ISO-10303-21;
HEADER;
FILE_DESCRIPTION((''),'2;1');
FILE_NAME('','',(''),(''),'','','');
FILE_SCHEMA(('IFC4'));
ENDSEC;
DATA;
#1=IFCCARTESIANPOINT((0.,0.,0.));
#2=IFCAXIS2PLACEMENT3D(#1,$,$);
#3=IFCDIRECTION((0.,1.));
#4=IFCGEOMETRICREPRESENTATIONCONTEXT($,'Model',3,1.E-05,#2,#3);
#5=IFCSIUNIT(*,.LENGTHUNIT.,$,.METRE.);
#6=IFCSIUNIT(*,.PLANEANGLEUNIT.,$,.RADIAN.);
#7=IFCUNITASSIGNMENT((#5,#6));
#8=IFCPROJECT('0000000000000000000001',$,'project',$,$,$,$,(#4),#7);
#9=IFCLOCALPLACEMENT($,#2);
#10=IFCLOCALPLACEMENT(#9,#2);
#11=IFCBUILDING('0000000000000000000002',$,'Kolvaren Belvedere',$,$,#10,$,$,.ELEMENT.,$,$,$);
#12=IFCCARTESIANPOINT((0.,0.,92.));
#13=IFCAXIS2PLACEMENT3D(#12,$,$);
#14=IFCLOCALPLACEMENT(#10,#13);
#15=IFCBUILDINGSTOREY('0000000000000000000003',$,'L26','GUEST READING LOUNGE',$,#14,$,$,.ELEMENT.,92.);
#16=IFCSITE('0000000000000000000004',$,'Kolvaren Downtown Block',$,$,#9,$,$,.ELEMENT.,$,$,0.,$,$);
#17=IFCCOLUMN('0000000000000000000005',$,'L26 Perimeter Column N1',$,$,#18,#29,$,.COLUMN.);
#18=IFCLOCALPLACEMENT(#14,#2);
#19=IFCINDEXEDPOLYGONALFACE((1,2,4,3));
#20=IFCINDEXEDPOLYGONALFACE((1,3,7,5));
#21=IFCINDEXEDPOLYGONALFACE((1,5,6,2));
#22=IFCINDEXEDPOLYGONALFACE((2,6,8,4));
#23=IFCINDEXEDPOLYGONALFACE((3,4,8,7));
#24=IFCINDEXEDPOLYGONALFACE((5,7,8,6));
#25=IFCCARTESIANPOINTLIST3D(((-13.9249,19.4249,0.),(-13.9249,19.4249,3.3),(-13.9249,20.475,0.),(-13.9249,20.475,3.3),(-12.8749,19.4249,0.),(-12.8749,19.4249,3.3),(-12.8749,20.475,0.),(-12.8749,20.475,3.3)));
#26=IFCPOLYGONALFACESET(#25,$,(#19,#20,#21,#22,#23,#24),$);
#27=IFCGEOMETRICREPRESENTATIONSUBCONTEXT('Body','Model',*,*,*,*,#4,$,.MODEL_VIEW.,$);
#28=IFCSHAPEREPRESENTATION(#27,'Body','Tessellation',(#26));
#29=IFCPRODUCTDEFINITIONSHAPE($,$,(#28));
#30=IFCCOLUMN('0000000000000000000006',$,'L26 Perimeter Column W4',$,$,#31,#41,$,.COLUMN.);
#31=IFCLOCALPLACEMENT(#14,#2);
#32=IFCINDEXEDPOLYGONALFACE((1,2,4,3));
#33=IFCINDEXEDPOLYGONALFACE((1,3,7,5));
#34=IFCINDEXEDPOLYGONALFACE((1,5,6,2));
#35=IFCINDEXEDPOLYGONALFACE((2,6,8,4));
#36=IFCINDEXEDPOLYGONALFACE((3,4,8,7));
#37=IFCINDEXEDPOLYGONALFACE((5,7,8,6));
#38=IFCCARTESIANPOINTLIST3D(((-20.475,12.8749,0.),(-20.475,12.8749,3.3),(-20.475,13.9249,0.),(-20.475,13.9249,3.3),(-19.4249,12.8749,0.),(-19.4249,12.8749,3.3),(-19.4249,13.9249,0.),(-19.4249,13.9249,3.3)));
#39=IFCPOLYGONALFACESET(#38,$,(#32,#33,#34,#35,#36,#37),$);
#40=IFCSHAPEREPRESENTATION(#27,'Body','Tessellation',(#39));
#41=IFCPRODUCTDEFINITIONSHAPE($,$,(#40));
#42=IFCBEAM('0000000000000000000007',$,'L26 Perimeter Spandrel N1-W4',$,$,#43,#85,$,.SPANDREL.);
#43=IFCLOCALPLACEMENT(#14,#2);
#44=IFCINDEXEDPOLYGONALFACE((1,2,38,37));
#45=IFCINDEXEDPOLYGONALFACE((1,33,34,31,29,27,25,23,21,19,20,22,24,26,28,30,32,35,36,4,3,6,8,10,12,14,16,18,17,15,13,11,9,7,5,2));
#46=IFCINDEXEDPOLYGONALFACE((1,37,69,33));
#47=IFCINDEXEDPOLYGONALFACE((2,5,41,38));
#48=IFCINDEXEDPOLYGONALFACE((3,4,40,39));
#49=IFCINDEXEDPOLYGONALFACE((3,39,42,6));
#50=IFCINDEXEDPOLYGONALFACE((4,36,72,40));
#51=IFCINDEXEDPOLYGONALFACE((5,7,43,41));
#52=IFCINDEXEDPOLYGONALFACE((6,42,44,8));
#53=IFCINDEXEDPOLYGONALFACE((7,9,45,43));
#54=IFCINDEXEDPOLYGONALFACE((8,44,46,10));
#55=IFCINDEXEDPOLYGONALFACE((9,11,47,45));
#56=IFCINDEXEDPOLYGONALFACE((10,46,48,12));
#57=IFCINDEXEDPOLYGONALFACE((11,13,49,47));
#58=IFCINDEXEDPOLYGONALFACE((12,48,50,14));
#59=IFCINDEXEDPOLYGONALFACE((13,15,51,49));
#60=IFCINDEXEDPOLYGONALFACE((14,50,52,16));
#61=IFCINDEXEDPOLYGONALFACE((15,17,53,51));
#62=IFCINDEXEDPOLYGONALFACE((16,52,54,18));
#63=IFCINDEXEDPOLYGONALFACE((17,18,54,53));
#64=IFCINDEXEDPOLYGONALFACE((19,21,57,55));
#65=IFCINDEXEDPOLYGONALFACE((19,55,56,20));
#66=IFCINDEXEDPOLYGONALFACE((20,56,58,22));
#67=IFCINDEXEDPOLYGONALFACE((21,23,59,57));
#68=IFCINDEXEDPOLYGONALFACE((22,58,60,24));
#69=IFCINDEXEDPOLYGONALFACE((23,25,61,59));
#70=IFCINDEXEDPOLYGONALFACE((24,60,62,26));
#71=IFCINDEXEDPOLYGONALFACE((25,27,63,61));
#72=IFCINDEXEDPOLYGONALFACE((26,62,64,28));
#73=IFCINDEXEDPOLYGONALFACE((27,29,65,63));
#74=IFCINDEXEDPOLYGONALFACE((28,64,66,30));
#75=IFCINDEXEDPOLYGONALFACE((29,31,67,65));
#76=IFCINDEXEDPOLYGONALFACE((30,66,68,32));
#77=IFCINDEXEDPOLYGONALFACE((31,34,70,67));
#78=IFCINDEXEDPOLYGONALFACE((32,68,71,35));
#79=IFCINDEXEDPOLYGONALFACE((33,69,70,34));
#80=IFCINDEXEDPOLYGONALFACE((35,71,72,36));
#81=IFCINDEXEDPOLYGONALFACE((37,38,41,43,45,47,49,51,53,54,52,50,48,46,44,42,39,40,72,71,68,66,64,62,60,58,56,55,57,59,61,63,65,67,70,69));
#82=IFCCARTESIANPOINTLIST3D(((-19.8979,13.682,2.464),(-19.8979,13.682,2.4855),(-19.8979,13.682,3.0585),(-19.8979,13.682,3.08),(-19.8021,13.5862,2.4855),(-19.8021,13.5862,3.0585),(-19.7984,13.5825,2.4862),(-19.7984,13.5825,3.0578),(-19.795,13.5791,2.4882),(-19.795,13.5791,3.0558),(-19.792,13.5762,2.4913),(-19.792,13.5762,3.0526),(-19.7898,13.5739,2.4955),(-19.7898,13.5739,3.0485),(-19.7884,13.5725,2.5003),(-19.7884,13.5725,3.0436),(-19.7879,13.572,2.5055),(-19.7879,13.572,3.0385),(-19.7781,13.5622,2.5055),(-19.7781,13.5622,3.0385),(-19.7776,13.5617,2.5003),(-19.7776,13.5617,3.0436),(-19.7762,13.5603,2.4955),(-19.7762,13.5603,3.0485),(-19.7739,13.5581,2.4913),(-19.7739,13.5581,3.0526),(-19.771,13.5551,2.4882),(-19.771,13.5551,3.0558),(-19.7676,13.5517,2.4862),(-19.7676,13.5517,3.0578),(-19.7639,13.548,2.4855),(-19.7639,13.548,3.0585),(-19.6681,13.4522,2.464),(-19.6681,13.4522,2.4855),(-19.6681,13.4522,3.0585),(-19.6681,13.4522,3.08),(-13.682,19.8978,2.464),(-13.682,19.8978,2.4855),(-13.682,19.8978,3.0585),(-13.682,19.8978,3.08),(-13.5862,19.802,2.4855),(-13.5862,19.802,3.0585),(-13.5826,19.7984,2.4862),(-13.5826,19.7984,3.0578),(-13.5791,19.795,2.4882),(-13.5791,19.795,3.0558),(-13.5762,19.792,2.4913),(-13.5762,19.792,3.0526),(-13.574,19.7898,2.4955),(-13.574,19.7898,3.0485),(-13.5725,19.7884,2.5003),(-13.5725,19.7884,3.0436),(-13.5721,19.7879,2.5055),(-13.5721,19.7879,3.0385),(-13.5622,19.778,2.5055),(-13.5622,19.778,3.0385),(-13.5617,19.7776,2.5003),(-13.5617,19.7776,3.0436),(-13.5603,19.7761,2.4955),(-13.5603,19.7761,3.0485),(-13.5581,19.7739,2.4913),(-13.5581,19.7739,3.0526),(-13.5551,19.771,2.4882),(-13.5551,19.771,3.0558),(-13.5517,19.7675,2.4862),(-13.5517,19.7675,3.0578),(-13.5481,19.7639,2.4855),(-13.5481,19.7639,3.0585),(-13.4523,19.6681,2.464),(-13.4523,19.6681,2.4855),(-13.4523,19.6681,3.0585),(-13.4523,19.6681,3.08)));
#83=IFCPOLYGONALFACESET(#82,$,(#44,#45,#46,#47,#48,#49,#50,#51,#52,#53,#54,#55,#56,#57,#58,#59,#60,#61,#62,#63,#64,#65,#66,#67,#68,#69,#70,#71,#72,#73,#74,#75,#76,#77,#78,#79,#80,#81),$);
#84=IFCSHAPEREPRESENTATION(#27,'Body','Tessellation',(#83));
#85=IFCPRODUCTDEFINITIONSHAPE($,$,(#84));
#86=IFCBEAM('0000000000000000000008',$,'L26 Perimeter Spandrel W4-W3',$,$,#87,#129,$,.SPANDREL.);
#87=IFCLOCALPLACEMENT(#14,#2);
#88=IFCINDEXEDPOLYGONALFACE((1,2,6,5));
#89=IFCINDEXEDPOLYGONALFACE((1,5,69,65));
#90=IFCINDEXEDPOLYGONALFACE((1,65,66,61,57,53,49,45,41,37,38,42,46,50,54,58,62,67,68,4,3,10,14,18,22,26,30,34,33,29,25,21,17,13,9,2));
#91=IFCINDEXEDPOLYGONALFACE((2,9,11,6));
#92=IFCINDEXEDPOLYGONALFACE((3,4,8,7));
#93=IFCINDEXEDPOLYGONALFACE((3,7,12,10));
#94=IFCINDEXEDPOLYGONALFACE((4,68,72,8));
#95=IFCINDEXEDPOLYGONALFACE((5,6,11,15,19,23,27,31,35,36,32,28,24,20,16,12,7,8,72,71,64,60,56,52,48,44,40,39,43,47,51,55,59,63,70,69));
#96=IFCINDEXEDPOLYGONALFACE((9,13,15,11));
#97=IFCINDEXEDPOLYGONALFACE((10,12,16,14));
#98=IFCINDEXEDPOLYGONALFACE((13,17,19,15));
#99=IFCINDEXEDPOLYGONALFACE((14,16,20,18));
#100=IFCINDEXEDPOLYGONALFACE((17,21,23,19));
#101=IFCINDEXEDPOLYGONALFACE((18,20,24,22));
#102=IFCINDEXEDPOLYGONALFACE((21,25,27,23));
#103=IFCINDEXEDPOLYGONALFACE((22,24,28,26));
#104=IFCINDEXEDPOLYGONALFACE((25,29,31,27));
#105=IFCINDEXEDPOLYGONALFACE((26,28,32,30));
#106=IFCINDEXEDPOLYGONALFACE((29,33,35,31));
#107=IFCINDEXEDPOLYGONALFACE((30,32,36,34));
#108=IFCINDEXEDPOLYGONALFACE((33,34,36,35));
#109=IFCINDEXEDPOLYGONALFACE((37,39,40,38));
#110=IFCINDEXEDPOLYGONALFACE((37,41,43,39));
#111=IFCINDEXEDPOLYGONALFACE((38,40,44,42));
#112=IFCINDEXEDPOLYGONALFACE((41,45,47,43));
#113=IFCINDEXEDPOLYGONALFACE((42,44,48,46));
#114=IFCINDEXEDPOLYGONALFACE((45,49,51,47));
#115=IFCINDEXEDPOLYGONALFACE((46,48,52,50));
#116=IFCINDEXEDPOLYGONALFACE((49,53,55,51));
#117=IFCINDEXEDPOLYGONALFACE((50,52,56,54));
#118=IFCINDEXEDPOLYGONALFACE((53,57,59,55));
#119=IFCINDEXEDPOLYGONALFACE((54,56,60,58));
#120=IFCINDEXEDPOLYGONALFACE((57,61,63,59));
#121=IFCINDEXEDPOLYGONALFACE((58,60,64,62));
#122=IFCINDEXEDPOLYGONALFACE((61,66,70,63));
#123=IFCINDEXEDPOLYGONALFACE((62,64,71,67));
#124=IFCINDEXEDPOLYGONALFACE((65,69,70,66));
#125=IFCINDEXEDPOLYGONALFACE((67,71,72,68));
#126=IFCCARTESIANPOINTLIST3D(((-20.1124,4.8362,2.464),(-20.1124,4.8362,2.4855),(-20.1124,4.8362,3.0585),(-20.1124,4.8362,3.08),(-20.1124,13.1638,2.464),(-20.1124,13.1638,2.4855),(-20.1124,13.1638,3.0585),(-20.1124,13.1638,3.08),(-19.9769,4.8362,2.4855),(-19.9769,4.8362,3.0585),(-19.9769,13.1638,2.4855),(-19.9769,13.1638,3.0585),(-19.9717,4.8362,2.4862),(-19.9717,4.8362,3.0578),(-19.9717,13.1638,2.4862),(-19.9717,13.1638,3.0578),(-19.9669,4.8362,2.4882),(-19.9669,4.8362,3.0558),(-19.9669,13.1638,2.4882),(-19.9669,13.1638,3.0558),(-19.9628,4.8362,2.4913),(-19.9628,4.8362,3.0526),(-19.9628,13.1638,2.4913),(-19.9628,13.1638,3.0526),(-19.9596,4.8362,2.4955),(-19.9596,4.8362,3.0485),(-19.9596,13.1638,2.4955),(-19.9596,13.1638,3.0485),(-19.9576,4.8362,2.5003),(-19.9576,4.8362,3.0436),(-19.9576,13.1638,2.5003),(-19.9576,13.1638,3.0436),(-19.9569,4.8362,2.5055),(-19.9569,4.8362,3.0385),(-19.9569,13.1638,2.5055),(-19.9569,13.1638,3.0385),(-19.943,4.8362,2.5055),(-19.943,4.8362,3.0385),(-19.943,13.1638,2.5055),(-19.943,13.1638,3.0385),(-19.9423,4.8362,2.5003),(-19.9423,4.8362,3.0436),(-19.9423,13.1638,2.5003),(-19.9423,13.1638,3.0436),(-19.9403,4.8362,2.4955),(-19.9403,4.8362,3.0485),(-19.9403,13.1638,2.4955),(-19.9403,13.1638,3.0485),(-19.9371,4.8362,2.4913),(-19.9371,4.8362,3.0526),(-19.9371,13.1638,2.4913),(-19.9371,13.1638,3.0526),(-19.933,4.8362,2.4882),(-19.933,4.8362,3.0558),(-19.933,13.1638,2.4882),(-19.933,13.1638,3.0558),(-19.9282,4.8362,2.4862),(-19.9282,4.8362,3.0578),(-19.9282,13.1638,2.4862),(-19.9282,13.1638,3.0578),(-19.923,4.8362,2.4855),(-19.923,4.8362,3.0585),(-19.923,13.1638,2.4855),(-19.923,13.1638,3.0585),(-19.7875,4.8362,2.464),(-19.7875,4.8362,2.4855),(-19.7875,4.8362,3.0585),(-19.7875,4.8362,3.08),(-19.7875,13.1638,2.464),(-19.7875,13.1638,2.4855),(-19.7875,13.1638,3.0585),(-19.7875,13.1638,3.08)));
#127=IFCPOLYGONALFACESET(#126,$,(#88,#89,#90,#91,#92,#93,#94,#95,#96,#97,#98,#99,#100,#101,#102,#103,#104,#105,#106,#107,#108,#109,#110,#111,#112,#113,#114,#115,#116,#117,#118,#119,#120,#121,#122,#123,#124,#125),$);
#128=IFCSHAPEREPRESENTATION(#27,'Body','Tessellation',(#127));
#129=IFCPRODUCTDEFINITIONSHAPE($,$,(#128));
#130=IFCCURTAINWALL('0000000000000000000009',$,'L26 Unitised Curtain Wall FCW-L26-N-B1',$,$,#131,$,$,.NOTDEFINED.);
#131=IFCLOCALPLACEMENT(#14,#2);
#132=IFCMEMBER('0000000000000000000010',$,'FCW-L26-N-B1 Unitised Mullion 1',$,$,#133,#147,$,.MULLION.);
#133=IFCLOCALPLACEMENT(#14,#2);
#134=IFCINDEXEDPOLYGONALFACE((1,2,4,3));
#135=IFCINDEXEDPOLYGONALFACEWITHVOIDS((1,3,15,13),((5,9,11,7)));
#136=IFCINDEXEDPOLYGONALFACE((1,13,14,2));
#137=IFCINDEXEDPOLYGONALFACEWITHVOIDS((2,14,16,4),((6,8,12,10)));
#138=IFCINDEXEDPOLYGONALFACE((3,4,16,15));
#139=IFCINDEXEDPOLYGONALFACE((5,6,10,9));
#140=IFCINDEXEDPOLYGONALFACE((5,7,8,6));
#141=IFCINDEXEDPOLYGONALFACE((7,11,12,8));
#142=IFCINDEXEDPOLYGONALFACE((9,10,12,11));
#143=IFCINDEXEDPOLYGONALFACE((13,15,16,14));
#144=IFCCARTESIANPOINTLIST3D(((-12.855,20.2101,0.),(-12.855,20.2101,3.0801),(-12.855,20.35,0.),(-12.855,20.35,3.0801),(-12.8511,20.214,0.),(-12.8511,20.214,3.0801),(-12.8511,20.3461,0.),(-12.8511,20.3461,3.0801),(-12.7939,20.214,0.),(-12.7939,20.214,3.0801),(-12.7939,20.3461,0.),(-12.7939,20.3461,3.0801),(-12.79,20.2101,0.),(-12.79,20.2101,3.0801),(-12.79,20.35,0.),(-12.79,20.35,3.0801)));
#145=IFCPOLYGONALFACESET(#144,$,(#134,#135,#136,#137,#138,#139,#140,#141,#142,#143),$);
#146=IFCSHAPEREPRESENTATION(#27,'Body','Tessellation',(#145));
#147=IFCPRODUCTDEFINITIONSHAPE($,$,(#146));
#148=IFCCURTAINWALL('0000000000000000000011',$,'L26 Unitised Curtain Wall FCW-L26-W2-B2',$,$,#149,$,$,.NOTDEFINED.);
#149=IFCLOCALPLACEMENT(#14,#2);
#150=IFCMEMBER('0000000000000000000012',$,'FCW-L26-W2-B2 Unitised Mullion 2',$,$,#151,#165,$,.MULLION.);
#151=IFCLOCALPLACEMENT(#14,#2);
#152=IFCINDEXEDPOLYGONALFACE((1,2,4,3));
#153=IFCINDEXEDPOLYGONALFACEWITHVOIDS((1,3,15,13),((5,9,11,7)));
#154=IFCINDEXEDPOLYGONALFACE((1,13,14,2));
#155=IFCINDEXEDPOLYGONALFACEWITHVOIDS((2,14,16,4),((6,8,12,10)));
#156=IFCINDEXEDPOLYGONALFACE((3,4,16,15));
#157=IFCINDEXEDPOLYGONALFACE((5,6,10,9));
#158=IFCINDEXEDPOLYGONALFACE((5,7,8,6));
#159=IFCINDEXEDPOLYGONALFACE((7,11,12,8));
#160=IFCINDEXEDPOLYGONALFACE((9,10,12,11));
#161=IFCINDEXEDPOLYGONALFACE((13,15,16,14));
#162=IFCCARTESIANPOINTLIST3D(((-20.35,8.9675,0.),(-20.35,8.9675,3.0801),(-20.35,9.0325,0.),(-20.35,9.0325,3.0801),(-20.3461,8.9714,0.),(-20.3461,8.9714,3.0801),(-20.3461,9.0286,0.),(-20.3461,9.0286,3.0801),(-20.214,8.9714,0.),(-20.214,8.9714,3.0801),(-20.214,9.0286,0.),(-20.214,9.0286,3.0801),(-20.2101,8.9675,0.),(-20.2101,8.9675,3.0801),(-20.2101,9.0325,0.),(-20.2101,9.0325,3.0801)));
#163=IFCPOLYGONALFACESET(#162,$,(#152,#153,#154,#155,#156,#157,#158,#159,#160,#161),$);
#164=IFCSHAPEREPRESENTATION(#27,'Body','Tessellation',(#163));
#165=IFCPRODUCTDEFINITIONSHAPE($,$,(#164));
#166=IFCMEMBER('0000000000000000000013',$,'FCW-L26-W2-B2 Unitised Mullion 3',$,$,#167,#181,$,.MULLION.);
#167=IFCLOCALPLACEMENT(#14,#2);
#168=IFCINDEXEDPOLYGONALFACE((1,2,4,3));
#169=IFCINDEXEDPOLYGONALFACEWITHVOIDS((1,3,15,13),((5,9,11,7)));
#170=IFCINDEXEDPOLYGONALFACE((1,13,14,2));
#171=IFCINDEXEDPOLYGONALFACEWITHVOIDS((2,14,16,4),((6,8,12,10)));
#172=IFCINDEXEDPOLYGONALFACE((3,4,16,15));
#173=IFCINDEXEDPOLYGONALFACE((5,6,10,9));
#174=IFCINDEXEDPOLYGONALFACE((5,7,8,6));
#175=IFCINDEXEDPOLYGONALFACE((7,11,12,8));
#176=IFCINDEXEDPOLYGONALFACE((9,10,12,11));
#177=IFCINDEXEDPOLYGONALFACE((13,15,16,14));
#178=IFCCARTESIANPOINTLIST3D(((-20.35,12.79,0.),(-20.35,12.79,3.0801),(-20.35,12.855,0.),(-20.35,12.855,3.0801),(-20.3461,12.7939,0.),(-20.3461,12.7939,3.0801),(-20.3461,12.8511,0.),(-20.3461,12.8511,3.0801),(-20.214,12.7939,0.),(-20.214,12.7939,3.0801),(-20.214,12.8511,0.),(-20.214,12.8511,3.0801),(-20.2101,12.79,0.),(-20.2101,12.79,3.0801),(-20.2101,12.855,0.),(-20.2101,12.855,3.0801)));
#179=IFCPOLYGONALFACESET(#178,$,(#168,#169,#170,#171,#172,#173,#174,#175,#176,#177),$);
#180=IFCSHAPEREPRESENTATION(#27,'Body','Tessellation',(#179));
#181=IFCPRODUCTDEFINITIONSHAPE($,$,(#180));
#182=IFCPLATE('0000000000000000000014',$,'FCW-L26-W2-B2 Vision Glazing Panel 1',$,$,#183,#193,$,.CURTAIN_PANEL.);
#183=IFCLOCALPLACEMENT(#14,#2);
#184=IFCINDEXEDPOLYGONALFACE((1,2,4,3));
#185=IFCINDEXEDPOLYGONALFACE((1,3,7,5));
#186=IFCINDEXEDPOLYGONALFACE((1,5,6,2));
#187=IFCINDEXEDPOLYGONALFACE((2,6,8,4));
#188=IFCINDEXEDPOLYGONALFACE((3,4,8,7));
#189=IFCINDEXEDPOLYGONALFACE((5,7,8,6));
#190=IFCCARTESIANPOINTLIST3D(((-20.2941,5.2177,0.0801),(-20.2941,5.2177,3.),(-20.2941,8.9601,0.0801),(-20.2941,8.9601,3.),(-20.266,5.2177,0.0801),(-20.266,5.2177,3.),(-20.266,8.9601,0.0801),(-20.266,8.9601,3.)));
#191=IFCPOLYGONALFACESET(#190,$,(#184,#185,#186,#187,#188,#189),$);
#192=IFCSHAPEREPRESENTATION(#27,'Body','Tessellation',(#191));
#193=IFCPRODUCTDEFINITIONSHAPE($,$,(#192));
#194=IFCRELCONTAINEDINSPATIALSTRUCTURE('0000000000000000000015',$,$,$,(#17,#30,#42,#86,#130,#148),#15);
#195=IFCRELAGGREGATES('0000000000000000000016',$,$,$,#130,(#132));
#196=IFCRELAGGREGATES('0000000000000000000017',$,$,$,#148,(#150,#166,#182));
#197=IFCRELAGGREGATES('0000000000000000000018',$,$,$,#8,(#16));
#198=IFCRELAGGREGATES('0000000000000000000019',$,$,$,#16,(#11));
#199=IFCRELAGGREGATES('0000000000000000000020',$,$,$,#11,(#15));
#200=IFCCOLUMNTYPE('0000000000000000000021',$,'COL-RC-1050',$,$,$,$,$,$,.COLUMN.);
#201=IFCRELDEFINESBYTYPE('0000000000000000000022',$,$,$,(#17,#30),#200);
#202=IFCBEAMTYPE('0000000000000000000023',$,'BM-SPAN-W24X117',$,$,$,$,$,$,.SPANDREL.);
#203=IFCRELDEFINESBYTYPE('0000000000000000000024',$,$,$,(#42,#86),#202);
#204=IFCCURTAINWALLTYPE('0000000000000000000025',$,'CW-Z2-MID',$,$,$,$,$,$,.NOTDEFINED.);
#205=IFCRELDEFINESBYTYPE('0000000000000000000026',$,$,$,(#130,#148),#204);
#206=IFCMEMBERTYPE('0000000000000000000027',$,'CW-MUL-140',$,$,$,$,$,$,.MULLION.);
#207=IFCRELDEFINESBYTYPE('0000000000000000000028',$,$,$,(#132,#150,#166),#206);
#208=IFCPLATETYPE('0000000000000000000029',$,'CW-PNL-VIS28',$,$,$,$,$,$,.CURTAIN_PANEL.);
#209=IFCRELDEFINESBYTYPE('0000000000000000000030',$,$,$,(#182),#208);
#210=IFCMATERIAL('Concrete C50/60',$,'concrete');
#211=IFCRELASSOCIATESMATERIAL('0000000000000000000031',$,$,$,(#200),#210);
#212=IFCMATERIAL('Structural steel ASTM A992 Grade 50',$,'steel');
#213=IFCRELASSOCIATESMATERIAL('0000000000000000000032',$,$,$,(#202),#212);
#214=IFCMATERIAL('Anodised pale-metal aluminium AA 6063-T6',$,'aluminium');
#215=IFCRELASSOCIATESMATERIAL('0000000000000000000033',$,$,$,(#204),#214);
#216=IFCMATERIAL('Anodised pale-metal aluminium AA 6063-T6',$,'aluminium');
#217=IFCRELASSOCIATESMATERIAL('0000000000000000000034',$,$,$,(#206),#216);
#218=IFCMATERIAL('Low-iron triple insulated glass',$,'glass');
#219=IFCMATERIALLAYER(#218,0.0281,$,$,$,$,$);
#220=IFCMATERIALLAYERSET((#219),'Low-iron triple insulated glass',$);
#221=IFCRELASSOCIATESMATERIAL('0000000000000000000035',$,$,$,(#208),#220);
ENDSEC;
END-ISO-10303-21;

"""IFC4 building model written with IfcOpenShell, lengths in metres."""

from ifc_helpers import new_model, si_unit, direction, frame, origin, origin_2d, place, context, subcontext, project, spatial, rectangle, hollow_rectangle, i_section, extrude, material, layer, layer_set, material_profile, profile_set, type_object, element, aggregate, save


model = new_model("IFC4")

# Units and contexts
model_context = context("Model", 3, precision=1e-05, world=origin(), true_north=direction((0.0, 1.0)))
body_context = subcontext(model_context, "Body", "Model", "MODEL_VIEW")
ifc_project = project(units=[si_unit("LENGTHUNIT", "METRE"), si_unit("PLANEANGLEUNIT", "RADIAN")], contexts=[model_context])

# Site, building, storey
site_placement = place(None, origin())
site = spatial("IfcSite", under=ifc_project, at=site_placement, Name="Kolvaren Downtown Block", CompositionType="ELEMENT", RefElevation=0.0)
building_placement = place(site_placement, origin())
building = spatial("IfcBuilding", under=site, at=building_placement, Name="Kolvaren Belvedere", CompositionType="ELEMENT")
storey_placement = place(building_placement, frame((0.0, 0.0, 92.0)))
storey = spatial("IfcBuildingStorey", under=building, at=storey_placement, Name="L26", Description="GUEST READING LOUNGE", CompositionType="ELEMENT", Elevation=92.0)

# Columns
ifc_material_1 = material(Name="Concrete C50/60", Category="concrete")
ifc_material_profile_1 = material_profile(ifc_material_1, rectangle(XDim=1.05, YDim=1.05, at=origin_2d()), Name="RC 1050X1050")
ifc_profile_set_1 = profile_set([ifc_material_profile_1], Name="Concrete C50/60")
column_type = type_object("IfcColumnType", Name="COL-RC-1050", PredefinedType="COLUMN", material=ifc_profile_set_1)
for number, where, z_axis, x_axis, name in (
    (1, (-13.3999, 19.95, 0.0), (0.0, 0.0, 1.0), (1.0, 0.0, 0.0), "L26 Perimeter Column N1"),
    (2, (-19.95, 13.3999, 0.0), (0.0, 0.0, 1.0), (1.0, 0.0, 0.0), "L26 Perimeter Column W4"),
):
    element("IfcColumn", number, at=place(storey_placement, frame(where, z_axis=z_axis, x_axis=x_axis)), inside=storey, type_object=column_type, Name=name, PredefinedType="COLUMN", context=body_context, shape_type="SweptSolid", body=[
        extrude(rectangle(XDim=1.05, YDim=1.05, at=origin_2d()), origin(), (0.0, 0.0, 1.0), 3.3),
    ])

# Beams
ifc_material_2 = material(Name="Structural steel ASTM A992 Grade 50", Category="steel")
ifc_material_profile_2 = material_profile(ifc_material_2, i_section(OverallWidth=0.325, OverallDepth=0.616, WebThickness=0.0139, FlangeThickness=0.0215, FilletRadius=0.02, at=origin_2d()), Name="W24X117")
ifc_profile_set_2 = profile_set([ifc_material_profile_2], Name="Structural steel ASTM A992 Grade 50")
beam_type = type_object("IfcBeamType", Name="BM-SPAN-W24X117", PredefinedType="SPANDREL", material=ifc_profile_set_2)
beam_1_placement = place(storey_placement, frame((-13.5671, 19.783, 2.772), z_axis=(-0.707107, -0.707107, 0.0), x_axis=(0.707107, -0.707107, 0.0)))
element("IfcBeam", 3, at=beam_1_placement, inside=storey, type_object=beam_type, Name="L26 Perimeter Spandrel N1-W4", PredefinedType="SPANDREL", context=body_context, shape_type="SweptSolid", body=[
    extrude(i_section(OverallWidth=0.325, OverallDepth=0.616, WebThickness=0.0139, FlangeThickness=0.0215, FilletRadius=0.02, at=origin_2d()), origin(), (0.0, 0.0, 1.0), 8.7905),
])
beam_2_placement = place(storey_placement, frame((-19.95, 13.1638, 2.772), z_axis=(0.0, -1.0, 0.0), x_axis=(1.0, 0.0, 0.0)))
element("IfcBeam", 4, at=beam_2_placement, inside=storey, type_object=beam_type, Name="L26 Perimeter Spandrel W4-W3", PredefinedType="SPANDREL", context=body_context, shape_type="SweptSolid", body=[
    extrude(i_section(OverallWidth=0.325, OverallDepth=0.616, WebThickness=0.0139, FlangeThickness=0.0215, FilletRadius=0.02, at=origin_2d()), origin(), (0.0, 0.0, 1.0), 8.3276),
])

# Curtain wall, member
ifc_material_3 = material(Name="Anodised pale-metal aluminium AA 6063-T6", Category="aluminium")
curtain_wall_type = type_object("IfcCurtainWallType", Name="CW-Z2-MID", PredefinedType="NOTDEFINED", material=ifc_material_3)
curtain_wall_1_placement = place(storey_placement, origin())
curtain_wall_1 = element("IfcCurtainWall", 5, at=curtain_wall_1_placement, inside=storey, type_object=curtain_wall_type, Name="L26 Unitised Curtain Wall FCW-L26-N-B1", PredefinedType="NOTDEFINED")
ifc_material_4 = material(Name="Anodised pale-metal aluminium AA 6063-T6", Category="aluminium")
ifc_material_profile_3 = material_profile(ifc_material_4, hollow_rectangle(XDim=0.0649, YDim=0.1399, WallThickness=0.0039, at=origin_2d()), Name="ALU-MUL-140X65")
ifc_profile_set_3 = profile_set([ifc_material_profile_3], Name="Anodised pale-metal aluminium AA 6063-T6")
member_type = type_object("IfcMemberType", Name="CW-MUL-140", PredefinedType="MULLION", material=ifc_profile_set_3)
member_1_placement = place(storey_placement, frame((-12.8225, 20.28, 0.0), z_axis=(0.0, 0.0, 1.0), x_axis=(1.0, 0.0, 0.0)))
member_1 = element("IfcMember", 6, at=member_1_placement, type_object=member_type, Name="FCW-L26-N-B1 Unitised Mullion 1", PredefinedType="MULLION", context=body_context, shape_type="SweptSolid", body=[
    extrude(hollow_rectangle(XDim=0.0649, YDim=0.1399, WallThickness=0.0039, at=origin_2d()), origin(), (0.0, 0.0, 1.0), 3.0801),
])
aggregate(curtain_wall_1, [member_1])

# Curtain wall, members, plate
curtain_wall_2_placement = place(storey_placement, origin())
curtain_wall_2 = element("IfcCurtainWall", 7, at=curtain_wall_2_placement, inside=storey, type_object=curtain_wall_type, Name="L26 Unitised Curtain Wall FCW-L26-W2-B2", PredefinedType="NOTDEFINED")
member_2_placement = place(storey_placement, frame((-20.28, 9.0, 0.0), z_axis=(0.0, 0.0, 1.0), x_axis=(0.0, 1.0, 0.0)))
member_2 = element("IfcMember", 8, at=member_2_placement, type_object=member_type, Name="FCW-L26-W2-B2 Unitised Mullion 2", PredefinedType="MULLION", context=body_context, shape_type="SweptSolid", body=[
    extrude(hollow_rectangle(XDim=0.0649, YDim=0.1399, WallThickness=0.0039, at=origin_2d()), origin(), (0.0, 0.0, 1.0), 3.0801),
])
member_3_placement = place(storey_placement, frame((-20.28, 12.8225, 0.0), z_axis=(0.0, 0.0, 1.0), x_axis=(0.0, 1.0, 0.0)))
member_3 = element("IfcMember", 9, at=member_3_placement, type_object=member_type, Name="FCW-L26-W2-B2 Unitised Mullion 3", PredefinedType="MULLION", context=body_context, shape_type="SweptSolid", body=[
    extrude(hollow_rectangle(XDim=0.0649, YDim=0.1399, WallThickness=0.0039, at=origin_2d()), origin(), (0.0, 0.0, 1.0), 3.0801),
])
ifc_material_5 = material(Name="Low-iron triple insulated glass", Category="glass")
ifc_layer_1 = layer(ifc_material_5, 0.0281)
ifc_layer_set_1 = layer_set([ifc_layer_1], Name="Low-iron triple insulated glass")
plate_type_1 = type_object("IfcPlateType", Name="CW-PNL-VIS28", PredefinedType="CURTAIN_PANEL", material=ifc_layer_set_1)
plate_1_placement = place(storey_placement, frame((-20.28, 7.0889, 0.0801), z_axis=(0.0, 0.0, 1.0), x_axis=(0.0, 1.0, 0.0)))
plate_1 = element("IfcPlate", 10, at=plate_1_placement, type_object=plate_type_1, Name="FCW-L26-W2-B2 Vision Glazing Panel 1", PredefinedType="CURTAIN_PANEL", context=body_context, shape_type="SweptSolid", body=[
    extrude(rectangle(XDim=3.7424, YDim=0.0281, at=origin_2d()), origin(), (0.0, 0.0, 1.0), 2.9199),
])
aggregate(curtain_wall_2, [member_2, member_3, plate_1])

save(model, "model.ifc")
